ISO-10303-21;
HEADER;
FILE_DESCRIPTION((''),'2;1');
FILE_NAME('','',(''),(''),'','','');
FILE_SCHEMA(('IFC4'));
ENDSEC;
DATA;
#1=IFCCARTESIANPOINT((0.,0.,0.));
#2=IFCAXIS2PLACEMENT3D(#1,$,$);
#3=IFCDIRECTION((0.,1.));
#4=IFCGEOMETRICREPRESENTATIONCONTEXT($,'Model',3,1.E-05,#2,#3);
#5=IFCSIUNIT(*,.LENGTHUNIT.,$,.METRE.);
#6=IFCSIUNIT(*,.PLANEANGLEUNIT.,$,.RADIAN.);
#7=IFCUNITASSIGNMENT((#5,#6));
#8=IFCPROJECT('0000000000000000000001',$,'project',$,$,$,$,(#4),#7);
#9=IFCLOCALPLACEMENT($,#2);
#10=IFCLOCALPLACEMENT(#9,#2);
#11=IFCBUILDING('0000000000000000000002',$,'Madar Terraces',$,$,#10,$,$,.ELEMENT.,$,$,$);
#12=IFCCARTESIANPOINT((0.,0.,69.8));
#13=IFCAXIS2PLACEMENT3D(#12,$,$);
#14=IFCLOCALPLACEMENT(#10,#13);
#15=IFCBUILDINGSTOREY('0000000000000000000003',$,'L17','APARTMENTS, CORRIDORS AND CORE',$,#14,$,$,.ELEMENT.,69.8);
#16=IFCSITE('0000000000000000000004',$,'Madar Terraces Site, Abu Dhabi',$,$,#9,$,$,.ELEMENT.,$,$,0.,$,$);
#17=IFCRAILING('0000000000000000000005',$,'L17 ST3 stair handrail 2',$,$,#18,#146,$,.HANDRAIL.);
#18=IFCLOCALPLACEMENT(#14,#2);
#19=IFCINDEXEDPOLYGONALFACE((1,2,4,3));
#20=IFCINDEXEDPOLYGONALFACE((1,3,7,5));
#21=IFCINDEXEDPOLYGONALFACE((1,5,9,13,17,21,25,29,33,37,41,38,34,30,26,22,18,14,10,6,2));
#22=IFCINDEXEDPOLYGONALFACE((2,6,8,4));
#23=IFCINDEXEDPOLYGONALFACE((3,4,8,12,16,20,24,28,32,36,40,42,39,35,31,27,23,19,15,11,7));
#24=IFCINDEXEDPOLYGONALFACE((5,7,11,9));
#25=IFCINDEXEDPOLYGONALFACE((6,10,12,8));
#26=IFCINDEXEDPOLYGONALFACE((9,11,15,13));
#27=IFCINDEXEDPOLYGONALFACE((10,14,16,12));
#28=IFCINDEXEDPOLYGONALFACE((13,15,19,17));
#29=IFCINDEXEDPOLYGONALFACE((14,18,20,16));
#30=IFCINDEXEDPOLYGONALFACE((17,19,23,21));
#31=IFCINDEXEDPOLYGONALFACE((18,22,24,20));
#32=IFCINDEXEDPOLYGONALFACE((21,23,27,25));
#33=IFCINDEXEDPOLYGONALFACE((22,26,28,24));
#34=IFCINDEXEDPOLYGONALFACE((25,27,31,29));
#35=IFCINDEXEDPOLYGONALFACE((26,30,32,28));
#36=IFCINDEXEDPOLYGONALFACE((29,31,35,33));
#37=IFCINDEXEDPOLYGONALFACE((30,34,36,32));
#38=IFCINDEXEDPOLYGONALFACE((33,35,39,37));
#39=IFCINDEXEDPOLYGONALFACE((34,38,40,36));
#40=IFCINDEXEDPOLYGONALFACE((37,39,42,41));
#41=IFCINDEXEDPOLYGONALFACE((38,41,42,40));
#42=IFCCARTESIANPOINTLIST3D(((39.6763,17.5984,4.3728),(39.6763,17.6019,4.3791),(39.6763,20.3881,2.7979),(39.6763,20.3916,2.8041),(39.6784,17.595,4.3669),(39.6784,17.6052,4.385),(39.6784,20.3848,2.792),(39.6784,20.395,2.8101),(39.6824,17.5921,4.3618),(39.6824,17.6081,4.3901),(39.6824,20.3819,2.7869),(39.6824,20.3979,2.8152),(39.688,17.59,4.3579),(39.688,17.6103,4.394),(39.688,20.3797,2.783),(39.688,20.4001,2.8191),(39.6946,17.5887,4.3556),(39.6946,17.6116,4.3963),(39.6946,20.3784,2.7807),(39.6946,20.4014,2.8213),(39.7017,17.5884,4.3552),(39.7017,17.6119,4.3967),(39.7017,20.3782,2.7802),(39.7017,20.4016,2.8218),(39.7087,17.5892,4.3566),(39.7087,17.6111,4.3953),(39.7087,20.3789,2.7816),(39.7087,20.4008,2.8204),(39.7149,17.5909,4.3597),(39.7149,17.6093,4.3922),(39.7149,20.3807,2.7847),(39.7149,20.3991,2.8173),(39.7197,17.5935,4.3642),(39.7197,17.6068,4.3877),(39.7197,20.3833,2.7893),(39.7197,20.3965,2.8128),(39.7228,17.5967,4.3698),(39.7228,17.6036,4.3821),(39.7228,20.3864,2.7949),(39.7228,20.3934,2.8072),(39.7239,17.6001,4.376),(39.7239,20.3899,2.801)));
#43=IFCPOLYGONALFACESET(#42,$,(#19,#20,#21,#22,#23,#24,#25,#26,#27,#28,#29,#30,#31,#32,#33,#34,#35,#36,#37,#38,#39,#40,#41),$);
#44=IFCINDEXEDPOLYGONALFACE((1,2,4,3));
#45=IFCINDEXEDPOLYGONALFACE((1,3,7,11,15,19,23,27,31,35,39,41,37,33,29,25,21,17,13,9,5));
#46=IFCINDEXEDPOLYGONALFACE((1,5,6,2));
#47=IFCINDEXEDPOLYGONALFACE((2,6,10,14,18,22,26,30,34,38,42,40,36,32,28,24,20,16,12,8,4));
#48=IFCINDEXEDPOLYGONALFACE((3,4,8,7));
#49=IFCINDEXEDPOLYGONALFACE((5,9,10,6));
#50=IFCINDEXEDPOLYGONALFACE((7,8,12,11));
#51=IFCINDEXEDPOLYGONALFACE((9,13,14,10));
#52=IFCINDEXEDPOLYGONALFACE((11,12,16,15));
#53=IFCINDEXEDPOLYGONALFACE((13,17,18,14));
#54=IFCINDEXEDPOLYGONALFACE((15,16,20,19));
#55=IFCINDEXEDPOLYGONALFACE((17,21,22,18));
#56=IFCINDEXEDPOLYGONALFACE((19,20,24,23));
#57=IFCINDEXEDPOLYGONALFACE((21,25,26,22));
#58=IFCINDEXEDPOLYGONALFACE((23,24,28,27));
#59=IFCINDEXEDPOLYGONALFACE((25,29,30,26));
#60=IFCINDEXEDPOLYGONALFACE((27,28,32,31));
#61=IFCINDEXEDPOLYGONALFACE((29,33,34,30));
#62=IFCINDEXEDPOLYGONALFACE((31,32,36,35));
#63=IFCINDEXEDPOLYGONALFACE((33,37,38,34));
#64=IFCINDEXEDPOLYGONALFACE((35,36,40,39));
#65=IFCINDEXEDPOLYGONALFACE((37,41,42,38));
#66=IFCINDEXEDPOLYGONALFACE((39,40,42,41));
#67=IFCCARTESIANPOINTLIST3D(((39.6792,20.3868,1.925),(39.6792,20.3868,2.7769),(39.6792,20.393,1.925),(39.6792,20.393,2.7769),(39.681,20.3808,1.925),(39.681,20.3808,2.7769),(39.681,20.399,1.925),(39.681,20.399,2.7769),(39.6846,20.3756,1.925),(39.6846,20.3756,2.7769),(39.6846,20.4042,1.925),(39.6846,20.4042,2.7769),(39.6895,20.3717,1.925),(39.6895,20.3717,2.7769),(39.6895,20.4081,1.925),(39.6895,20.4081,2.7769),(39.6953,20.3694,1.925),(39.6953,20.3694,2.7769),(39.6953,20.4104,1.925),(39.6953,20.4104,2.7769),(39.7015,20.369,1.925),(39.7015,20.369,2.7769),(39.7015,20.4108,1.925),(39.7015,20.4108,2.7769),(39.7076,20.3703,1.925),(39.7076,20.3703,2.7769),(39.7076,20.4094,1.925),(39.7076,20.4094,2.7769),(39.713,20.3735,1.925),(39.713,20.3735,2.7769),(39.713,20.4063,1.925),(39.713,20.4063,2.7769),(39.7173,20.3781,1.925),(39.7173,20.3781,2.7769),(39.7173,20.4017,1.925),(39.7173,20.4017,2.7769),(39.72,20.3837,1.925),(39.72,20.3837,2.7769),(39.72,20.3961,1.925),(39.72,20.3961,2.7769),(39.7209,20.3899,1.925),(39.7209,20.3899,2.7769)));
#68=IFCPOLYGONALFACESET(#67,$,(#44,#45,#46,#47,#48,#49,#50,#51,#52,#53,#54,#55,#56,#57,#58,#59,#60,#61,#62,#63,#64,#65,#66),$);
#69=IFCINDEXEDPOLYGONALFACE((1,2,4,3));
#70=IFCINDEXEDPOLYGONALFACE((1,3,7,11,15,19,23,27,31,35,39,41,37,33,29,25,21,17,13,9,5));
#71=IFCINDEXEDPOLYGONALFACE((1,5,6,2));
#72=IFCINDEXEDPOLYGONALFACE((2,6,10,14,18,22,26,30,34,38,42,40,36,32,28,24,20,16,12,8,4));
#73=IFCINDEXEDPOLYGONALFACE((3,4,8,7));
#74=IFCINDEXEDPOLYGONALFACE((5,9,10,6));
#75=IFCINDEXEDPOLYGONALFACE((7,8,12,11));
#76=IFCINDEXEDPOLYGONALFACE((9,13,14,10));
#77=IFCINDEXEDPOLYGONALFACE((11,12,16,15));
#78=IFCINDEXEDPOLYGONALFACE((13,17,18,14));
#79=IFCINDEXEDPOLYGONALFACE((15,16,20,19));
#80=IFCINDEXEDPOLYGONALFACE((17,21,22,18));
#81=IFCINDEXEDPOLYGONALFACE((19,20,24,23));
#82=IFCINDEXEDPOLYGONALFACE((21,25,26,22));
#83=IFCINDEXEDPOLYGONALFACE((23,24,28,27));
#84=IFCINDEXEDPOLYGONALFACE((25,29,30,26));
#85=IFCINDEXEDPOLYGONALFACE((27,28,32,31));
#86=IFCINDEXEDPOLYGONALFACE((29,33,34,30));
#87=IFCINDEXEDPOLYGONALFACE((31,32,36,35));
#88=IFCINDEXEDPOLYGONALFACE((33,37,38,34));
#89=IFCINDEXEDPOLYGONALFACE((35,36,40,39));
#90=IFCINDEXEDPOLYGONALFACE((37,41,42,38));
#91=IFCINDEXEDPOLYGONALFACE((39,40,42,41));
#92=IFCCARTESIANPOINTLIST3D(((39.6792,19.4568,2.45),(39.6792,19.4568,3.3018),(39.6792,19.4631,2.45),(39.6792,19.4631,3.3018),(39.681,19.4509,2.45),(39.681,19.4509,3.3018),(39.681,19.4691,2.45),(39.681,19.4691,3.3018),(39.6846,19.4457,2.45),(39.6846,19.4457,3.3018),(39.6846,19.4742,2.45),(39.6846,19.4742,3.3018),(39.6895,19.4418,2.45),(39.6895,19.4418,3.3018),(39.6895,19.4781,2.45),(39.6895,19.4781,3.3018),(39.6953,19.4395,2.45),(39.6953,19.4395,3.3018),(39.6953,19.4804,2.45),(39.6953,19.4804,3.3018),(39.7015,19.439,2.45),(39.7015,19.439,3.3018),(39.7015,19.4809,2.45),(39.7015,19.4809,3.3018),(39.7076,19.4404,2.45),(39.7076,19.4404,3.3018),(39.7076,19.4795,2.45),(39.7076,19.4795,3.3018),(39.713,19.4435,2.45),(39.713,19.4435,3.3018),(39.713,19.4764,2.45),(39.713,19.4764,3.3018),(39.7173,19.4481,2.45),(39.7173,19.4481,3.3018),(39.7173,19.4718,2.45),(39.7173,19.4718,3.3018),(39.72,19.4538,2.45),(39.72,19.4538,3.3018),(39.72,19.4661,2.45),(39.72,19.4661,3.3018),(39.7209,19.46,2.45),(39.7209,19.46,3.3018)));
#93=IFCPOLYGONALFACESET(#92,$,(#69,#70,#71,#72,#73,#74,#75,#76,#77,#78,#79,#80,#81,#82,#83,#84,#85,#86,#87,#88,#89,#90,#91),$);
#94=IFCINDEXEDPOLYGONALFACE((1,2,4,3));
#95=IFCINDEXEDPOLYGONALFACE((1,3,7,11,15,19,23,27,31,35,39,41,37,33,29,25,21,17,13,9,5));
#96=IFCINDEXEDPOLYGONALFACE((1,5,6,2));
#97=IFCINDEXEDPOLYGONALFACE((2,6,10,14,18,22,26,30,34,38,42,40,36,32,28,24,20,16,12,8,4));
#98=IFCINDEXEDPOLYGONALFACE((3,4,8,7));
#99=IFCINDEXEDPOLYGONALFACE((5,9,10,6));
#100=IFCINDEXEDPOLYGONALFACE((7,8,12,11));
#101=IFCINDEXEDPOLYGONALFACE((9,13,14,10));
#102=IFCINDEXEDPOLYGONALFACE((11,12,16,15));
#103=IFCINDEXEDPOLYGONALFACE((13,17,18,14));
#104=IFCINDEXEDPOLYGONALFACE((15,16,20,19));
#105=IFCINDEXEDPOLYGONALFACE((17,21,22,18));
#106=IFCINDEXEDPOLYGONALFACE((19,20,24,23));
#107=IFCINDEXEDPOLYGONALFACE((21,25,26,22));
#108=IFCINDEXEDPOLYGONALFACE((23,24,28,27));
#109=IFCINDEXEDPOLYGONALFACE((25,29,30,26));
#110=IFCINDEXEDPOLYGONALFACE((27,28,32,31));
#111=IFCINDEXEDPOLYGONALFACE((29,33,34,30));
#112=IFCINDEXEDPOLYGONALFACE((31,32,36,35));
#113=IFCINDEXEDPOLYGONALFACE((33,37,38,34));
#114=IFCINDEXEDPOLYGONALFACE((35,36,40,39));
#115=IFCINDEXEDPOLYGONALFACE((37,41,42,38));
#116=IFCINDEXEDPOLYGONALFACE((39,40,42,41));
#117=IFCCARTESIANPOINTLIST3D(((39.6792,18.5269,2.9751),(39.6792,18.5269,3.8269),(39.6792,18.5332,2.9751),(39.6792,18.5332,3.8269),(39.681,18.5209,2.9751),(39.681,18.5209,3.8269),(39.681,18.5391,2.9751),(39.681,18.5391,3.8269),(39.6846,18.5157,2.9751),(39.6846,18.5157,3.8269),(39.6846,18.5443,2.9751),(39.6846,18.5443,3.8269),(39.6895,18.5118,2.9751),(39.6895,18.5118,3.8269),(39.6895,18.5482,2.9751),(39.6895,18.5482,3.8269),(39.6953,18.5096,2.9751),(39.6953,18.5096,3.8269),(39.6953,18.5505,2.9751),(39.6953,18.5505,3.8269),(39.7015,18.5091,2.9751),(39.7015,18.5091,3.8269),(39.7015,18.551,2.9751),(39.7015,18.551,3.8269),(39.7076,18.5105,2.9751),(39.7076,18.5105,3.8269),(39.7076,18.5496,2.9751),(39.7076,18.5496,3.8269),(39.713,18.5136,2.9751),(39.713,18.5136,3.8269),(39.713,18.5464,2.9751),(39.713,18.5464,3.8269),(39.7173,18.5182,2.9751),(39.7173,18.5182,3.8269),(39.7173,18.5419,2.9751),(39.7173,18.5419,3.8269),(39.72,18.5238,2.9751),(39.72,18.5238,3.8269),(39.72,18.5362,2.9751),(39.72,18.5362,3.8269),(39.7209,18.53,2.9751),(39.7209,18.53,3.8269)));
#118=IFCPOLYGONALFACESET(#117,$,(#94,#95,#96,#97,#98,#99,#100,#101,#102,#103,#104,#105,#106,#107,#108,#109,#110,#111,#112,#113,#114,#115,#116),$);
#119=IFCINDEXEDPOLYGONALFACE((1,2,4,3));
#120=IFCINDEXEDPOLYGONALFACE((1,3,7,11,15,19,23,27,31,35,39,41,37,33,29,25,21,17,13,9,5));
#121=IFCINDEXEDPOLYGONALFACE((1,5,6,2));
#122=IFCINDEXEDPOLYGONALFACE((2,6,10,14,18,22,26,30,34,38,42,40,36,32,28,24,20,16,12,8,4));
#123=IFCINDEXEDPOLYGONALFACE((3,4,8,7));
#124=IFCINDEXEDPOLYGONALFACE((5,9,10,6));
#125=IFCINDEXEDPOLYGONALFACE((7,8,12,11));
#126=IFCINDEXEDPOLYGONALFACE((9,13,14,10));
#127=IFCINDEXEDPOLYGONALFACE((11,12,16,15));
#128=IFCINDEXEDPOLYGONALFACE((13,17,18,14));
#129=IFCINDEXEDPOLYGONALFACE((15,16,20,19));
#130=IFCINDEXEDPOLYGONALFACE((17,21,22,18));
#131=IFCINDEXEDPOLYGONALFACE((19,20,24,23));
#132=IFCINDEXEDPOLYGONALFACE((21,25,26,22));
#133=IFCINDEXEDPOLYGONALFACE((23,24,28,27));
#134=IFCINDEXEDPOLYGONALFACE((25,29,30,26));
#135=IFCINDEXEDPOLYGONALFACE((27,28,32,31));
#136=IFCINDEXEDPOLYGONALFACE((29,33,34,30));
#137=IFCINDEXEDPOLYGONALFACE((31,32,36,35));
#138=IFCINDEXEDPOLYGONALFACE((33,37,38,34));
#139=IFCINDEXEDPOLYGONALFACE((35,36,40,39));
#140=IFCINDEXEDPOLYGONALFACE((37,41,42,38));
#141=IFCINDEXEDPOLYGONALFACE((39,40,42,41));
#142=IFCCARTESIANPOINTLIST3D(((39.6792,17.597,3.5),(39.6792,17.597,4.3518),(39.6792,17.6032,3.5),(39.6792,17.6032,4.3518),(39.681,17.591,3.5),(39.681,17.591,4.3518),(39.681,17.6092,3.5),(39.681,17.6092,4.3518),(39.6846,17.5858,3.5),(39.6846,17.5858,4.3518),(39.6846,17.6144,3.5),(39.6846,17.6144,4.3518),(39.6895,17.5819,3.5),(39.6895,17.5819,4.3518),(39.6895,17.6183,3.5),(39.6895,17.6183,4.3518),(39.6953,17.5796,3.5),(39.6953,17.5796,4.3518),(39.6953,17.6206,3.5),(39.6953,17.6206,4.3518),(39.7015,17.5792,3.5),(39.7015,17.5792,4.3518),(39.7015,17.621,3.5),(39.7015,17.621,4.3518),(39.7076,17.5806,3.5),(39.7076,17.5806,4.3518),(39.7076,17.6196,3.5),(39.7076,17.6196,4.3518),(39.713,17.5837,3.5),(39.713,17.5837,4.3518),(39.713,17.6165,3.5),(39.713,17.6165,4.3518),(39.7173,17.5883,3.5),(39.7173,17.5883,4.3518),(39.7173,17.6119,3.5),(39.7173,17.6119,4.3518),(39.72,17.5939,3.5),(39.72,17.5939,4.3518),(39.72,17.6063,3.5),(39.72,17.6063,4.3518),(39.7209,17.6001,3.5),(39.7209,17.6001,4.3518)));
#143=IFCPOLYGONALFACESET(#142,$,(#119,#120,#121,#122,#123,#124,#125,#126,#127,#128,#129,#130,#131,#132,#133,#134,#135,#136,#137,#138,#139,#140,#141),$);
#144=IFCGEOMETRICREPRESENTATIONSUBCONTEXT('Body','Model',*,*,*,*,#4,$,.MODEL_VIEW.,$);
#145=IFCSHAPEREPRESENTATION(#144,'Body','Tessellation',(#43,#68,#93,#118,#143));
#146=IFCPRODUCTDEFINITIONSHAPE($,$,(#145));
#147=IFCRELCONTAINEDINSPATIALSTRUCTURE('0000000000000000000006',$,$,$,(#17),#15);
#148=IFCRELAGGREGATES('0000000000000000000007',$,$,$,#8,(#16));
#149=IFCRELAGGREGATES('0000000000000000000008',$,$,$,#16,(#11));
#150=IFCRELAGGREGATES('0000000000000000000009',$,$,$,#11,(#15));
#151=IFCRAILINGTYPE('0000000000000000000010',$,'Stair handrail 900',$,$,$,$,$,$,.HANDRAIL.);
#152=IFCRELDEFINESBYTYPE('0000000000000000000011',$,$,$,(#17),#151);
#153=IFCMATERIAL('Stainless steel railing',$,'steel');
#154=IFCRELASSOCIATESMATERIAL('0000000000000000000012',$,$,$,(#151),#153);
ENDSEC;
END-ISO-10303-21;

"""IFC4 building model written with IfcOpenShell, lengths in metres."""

from ifc_helpers import new_model, si_unit, direction, frame, origin, origin_2d, place, context, subcontext, project, spatial, circle, extrude, material, type_object, element, save


model = new_model("IFC4")

# Units and contexts
model_context = context("Model", 3, precision=1e-05, world=origin(), true_north=direction((0.0, 1.0)))
body_context = subcontext(model_context, "Body", "Model", "MODEL_VIEW")
ifc_project = project(units=[si_unit("LENGTHUNIT", "METRE"), si_unit("PLANEANGLEUNIT", "RADIAN")], contexts=[model_context])

# Site, building, storey
site_placement = place(None, origin())
site = spatial("IfcSite", under=ifc_project, at=site_placement, Name="Madar Terraces Site, Abu Dhabi", CompositionType="ELEMENT", RefElevation=0.0)
building_placement = place(site_placement, origin())
building = spatial("IfcBuilding", under=site, at=building_placement, Name="Madar Terraces", CompositionType="ELEMENT")
storey_placement = place(building_placement, frame((0.0, 0.0, 69.8)))
storey = spatial("IfcBuildingStorey", under=building, at=storey_placement, Name="L17", Description="APARTMENTS, CORRIDORS AND CORE", CompositionType="ELEMENT", Elevation=69.8)

# Railing
ifc_material_1 = material(Name="Stainless steel railing", Category="steel")
railing_type_1 = type_object("IfcRailingType", Name="Stair handrail 900", PredefinedType="HANDRAIL", material=ifc_material_1)
railing_1_placement = place(storey_placement, frame((39.7, 20.3899, 1.925)))
element("IfcRailing", 1, at=railing_1_placement, inside=storey, type_object=railing_type_1, Name="L17 ST3 stair handrail 2", PredefinedType="HANDRAIL", context=body_context, shape_type="SweptSolid", body=[
    extrude(circle(Radius=0.0239, at=origin_2d()), frame((0.0, 0.0, 0.876), z_axis=(0.0, -0.870815, 0.49161), x_axis=(1.0, 0.0, 0.0)), (0.0, 0.0, 1.0), 3.2036),
    extrude(circle(Radius=0.021, at=origin_2d()), origin(), (0.0, 0.0, 1.0), 0.8518),
    extrude(circle(Radius=0.021, at=origin_2d()), frame((0.0, -0.9299, 0.5249)), (0.0, 0.0, 1.0), 0.8518),
    extrude(circle(Radius=0.021, at=origin_2d()), frame((0.0, -1.8599, 1.05)), (0.0, 0.0, 1.0), 0.8518),
    extrude(circle(Radius=0.021, at=origin_2d()), frame((0.0, -2.7898, 1.575)), (0.0, 0.0, 1.0), 0.8518),
])

save(model, "model.ifc")
